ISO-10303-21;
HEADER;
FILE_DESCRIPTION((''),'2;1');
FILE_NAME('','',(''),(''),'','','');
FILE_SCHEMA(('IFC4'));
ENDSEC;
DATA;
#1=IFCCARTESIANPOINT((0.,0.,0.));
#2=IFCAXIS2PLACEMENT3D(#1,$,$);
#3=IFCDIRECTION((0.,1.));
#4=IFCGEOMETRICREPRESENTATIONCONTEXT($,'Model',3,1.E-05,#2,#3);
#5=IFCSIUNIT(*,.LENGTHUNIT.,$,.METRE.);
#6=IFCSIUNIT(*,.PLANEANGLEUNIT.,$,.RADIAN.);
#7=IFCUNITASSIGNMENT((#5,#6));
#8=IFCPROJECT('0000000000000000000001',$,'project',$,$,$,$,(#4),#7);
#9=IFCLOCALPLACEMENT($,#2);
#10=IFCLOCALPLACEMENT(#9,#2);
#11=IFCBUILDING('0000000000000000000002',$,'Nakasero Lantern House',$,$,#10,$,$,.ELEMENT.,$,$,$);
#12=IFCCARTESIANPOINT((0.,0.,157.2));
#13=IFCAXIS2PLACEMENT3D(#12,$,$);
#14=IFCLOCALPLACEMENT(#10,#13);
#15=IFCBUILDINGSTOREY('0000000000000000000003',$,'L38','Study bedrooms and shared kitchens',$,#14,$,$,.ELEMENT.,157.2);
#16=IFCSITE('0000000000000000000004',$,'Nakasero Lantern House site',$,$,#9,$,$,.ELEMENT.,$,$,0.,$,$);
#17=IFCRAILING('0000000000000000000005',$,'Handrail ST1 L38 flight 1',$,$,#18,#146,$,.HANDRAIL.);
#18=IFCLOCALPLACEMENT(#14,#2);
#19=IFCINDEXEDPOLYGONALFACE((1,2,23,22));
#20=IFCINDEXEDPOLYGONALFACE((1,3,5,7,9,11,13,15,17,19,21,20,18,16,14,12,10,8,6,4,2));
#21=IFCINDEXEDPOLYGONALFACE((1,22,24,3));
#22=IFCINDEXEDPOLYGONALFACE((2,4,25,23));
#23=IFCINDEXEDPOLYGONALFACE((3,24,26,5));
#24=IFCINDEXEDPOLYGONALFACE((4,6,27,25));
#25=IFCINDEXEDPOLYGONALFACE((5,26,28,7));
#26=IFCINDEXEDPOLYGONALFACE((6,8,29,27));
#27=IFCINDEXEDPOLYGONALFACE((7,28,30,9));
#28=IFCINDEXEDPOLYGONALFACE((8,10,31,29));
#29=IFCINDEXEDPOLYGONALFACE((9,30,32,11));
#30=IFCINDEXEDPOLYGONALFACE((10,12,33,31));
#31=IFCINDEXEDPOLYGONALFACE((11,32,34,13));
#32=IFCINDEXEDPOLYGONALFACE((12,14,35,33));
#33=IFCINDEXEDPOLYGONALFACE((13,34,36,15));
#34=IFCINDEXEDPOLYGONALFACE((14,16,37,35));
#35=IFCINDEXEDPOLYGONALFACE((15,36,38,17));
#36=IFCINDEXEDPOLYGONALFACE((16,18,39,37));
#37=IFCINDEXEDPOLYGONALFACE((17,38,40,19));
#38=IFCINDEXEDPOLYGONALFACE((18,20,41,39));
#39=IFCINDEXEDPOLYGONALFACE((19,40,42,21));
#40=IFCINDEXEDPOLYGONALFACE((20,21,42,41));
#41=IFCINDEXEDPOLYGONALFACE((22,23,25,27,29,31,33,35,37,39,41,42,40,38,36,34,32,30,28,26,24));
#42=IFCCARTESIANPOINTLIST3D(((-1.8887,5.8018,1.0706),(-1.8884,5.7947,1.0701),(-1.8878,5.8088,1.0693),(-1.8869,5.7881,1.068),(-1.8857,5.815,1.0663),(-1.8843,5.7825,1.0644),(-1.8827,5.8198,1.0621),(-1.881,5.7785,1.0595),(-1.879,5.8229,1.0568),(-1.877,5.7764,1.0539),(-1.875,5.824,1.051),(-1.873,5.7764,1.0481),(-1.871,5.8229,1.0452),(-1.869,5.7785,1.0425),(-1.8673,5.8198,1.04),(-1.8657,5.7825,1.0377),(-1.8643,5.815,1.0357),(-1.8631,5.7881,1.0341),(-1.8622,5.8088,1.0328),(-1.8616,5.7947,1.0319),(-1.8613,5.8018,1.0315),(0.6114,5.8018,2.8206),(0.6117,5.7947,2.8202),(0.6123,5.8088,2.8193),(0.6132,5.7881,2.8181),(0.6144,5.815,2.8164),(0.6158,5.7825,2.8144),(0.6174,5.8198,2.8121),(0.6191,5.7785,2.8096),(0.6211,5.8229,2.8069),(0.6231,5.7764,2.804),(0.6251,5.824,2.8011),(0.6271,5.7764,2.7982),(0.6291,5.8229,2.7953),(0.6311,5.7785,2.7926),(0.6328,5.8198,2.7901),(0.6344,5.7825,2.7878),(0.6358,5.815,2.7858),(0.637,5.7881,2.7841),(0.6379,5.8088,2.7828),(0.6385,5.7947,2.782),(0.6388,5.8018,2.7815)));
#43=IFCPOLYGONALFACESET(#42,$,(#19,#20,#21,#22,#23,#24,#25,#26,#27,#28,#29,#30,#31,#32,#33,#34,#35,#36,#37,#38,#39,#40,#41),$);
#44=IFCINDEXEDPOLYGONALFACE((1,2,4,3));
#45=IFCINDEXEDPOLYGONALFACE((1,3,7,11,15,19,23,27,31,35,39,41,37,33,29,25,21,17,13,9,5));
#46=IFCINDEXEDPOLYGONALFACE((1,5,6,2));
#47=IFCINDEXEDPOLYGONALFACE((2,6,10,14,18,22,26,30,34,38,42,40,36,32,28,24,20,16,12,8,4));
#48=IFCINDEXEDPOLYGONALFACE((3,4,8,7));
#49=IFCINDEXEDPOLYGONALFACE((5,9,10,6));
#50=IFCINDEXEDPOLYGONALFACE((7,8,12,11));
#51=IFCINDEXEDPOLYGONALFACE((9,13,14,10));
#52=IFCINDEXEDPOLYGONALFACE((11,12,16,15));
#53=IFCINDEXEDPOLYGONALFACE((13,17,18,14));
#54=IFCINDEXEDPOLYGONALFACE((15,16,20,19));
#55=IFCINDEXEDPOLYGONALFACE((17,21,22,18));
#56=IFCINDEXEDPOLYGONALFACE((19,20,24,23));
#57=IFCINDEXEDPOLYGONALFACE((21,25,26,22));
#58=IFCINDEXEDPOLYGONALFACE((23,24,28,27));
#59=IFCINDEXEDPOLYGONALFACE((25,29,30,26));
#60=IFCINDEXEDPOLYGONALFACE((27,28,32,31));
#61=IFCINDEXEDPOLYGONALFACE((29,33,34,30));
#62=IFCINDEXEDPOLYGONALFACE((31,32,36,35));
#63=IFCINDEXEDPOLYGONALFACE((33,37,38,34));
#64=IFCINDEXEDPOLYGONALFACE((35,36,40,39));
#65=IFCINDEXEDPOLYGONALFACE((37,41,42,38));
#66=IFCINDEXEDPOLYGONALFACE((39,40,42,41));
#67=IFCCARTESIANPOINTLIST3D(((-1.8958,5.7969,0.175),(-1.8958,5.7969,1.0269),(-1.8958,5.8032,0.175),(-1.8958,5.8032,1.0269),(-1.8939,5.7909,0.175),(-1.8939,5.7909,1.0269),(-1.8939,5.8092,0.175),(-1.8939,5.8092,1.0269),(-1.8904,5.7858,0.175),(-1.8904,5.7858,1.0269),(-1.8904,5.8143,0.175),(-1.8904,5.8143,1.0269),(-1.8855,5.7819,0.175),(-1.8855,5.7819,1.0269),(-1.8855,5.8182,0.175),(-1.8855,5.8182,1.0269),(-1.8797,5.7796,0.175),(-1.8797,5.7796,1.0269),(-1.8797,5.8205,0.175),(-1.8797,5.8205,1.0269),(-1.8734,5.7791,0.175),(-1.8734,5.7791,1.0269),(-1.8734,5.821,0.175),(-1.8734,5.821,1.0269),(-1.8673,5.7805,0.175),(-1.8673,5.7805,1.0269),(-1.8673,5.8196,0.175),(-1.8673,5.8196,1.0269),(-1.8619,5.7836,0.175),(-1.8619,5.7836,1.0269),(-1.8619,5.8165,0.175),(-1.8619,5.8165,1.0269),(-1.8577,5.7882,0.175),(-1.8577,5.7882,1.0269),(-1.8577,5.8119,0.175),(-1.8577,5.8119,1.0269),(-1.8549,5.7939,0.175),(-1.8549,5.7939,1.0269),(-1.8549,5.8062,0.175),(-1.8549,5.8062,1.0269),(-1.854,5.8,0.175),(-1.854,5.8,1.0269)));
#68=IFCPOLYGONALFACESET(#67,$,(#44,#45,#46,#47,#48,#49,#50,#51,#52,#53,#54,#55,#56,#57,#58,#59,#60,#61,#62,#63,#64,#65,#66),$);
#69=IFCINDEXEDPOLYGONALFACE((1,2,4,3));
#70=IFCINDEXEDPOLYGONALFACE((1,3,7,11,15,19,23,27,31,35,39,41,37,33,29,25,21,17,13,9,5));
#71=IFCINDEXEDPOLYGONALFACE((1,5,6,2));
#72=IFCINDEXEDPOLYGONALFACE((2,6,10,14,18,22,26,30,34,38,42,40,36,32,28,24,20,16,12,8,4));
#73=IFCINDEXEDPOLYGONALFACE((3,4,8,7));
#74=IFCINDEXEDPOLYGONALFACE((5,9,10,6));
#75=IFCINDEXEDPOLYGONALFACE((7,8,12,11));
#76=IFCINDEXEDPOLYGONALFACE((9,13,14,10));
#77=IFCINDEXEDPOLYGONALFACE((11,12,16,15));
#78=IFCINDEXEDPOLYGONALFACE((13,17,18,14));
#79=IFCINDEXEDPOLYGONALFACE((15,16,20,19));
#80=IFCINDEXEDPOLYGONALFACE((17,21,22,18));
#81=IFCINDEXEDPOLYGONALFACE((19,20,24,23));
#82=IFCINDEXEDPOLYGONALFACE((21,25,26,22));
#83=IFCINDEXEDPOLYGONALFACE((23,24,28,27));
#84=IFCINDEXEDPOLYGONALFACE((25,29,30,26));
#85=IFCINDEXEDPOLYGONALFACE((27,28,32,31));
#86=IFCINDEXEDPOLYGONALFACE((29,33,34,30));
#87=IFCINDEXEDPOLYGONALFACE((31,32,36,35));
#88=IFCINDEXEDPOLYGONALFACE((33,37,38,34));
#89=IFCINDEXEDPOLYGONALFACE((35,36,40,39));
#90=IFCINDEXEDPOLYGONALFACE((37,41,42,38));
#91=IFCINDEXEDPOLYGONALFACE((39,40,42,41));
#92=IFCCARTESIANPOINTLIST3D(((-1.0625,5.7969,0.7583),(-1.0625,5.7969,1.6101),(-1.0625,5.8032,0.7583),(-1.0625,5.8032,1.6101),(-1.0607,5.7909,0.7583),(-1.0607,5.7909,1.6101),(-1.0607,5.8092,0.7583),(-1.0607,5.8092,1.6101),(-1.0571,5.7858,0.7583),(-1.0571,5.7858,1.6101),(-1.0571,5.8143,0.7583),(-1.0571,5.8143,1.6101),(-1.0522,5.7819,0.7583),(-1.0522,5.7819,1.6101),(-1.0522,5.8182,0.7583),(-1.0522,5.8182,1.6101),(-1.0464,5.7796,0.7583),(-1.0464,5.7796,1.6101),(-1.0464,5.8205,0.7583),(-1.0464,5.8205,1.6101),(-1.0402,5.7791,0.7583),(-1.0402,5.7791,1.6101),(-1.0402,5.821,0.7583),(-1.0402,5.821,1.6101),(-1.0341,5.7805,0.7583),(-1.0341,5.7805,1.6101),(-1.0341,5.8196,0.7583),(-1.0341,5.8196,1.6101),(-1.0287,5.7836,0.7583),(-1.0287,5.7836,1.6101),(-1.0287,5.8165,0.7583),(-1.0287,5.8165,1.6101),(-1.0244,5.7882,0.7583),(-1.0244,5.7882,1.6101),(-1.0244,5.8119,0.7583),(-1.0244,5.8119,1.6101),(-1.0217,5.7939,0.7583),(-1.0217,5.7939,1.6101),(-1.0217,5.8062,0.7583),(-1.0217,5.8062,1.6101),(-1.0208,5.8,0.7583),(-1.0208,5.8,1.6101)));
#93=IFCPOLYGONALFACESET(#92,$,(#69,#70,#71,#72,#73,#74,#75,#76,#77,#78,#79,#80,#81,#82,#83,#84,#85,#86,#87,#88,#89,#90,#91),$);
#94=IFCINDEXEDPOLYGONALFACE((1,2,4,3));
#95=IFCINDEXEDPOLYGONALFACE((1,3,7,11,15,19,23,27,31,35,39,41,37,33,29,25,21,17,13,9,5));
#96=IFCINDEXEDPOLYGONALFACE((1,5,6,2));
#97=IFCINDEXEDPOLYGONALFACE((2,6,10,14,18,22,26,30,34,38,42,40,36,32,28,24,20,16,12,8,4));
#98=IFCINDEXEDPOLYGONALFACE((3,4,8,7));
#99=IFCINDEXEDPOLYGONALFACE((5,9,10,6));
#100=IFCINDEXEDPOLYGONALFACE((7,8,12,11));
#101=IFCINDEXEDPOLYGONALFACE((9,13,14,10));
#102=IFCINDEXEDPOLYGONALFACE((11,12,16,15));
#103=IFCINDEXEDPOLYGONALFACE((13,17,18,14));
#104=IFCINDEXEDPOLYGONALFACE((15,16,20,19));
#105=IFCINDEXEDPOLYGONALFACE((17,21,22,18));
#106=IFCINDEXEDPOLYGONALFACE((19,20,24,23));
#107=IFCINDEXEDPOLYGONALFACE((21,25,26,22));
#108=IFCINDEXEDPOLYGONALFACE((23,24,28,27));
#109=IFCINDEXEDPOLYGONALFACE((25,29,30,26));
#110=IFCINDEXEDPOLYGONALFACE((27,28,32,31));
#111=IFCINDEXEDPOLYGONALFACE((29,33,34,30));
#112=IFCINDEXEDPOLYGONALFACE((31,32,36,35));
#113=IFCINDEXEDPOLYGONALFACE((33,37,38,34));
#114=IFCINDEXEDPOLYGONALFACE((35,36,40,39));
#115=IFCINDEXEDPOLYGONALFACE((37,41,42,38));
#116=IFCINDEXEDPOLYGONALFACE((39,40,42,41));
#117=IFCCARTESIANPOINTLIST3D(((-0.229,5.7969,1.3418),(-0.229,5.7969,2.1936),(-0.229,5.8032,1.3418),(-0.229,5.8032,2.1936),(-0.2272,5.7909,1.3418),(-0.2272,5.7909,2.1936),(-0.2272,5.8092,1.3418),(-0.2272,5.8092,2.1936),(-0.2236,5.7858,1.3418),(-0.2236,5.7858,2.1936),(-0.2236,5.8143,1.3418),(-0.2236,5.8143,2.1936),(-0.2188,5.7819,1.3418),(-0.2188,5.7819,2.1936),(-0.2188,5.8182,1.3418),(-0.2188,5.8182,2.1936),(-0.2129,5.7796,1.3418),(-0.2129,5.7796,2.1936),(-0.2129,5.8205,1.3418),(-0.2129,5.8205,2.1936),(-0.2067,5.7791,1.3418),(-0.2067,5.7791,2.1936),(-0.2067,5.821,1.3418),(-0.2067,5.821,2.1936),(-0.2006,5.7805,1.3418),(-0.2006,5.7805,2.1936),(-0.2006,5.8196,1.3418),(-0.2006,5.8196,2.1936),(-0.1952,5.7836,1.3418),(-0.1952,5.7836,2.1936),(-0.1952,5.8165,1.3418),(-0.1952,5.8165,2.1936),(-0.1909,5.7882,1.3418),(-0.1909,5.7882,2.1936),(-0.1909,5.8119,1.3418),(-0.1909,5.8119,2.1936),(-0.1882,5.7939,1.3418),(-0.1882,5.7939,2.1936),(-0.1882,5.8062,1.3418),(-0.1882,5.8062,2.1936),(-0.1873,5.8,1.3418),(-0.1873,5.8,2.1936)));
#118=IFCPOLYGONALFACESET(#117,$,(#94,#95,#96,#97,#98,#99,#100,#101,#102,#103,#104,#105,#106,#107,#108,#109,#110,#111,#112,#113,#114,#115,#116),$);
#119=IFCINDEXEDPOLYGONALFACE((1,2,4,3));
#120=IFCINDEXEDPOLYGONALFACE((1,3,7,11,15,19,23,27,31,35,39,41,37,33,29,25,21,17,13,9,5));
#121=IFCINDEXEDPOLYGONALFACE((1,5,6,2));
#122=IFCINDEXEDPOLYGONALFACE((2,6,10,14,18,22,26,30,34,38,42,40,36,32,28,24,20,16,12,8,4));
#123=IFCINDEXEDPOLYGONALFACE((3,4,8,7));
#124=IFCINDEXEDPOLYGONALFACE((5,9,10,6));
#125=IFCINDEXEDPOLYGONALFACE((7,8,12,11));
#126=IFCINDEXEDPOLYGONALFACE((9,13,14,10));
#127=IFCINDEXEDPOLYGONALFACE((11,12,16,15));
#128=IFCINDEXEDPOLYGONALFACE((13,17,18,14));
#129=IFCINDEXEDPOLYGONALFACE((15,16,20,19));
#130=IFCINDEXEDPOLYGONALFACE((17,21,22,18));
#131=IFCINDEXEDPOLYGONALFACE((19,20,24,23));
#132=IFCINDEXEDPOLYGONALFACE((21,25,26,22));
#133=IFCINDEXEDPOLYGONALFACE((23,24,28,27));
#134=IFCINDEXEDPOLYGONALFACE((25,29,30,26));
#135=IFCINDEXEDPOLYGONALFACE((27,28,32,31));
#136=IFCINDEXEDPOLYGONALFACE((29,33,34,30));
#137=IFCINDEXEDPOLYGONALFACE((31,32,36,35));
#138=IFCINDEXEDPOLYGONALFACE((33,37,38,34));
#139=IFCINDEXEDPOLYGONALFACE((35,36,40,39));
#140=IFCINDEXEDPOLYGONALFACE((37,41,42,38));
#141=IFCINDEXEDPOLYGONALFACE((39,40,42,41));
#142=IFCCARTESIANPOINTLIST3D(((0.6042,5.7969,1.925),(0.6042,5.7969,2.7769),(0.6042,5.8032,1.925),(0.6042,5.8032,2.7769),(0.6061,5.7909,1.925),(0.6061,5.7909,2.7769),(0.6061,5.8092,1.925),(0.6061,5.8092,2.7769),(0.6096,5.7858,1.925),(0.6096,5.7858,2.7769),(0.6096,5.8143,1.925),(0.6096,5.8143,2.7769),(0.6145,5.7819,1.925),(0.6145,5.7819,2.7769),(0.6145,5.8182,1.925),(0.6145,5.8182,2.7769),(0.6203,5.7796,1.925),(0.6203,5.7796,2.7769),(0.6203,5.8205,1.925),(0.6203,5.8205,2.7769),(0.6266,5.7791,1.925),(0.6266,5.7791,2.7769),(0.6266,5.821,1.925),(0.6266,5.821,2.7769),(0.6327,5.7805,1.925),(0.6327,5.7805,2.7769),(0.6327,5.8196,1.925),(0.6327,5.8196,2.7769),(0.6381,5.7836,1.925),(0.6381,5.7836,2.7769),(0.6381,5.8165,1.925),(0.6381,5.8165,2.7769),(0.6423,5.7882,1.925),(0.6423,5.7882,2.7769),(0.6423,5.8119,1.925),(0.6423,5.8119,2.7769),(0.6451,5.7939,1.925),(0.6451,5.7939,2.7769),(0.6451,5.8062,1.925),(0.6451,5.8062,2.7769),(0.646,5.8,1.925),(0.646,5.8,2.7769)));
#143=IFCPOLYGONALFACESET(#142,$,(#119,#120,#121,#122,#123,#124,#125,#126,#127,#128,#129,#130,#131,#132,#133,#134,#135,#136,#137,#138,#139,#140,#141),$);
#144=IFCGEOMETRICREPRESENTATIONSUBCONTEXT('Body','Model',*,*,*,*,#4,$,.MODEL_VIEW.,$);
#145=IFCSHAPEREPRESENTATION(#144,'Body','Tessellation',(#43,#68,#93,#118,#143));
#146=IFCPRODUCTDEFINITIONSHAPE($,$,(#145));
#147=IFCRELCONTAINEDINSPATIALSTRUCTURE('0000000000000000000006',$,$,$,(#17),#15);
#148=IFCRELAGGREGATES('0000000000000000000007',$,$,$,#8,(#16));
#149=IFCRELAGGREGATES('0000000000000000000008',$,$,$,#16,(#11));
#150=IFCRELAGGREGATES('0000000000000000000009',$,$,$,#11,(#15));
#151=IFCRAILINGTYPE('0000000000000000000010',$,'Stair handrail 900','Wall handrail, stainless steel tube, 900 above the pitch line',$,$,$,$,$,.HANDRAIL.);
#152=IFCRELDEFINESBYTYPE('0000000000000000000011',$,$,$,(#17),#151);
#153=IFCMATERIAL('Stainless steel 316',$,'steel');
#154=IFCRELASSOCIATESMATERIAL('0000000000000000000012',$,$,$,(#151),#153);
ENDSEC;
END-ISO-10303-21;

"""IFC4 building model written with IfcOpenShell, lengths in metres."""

from ifc_helpers import new_model, si_unit, direction, frame, origin, origin_2d, place, context, subcontext, project, spatial, circle, extrude, material, type_object, element, save


model = new_model("IFC4")

# Units and contexts
model_context = context("Model", 3, precision=1e-05, world=origin(), true_north=direction((0.0, 1.0)))
body_context = subcontext(model_context, "Body", "Model", "MODEL_VIEW")
ifc_project = project(units=[si_unit("LENGTHUNIT", "METRE"), si_unit("PLANEANGLEUNIT", "RADIAN")], contexts=[model_context])

# Site, building, storey
site_placement = place(None, origin())
site = spatial("IfcSite", under=ifc_project, at=site_placement, Name="Nakasero Lantern House site", CompositionType="ELEMENT", RefElevation=0.0)
building_placement = place(site_placement, origin())
building = spatial("IfcBuilding", under=site, at=building_placement, Name="Nakasero Lantern House", CompositionType="ELEMENT")
storey_placement = place(building_placement, frame((0.0, 0.0, 157.2)))
storey = spatial("IfcBuildingStorey", under=building, at=storey_placement, Name="L38", Description="Study bedrooms and shared kitchens", CompositionType="ELEMENT", Elevation=157.2)

# Railing
ifc_material_1 = material(Name="Stainless steel 316", Category="steel")
railing_type = type_object("IfcRailingType", Name="Stair handrail 900", Description="Wall handrail, stainless steel tube, 900 above the pitch line", PredefinedType="HANDRAIL", material=ifc_material_1)
railing_placement = place(storey_placement, frame((-1.875, 5.8, 0.175)))
element("IfcRailing", 1, at=railing_placement, inside=storey, type_object=railing_type, Name="Handrail ST1 L38 flight 1", PredefinedType="HANDRAIL", context=body_context, shape_type="SweptSolid", body=[
    extrude(circle(Radius=0.0239, at=origin_2d()), frame((0.0, 0.0, 0.876), z_axis=(0.819232, 0.0, 0.573462), x_axis=(0.0, 1.0, 0.0)), (0.0, 0.0, 1.0), 3.0518),
    extrude(circle(Radius=0.021, at=origin_2d()), origin(), (0.0, 0.0, 1.0), 0.8518),
    extrude(circle(Radius=0.021, at=origin_2d()), frame((0.8333, 0.0, 0.5833)), (0.0, 0.0, 1.0), 0.8518),
    extrude(circle(Radius=0.021, at=origin_2d()), frame((1.6667, 0.0, 1.1667)), (0.0, 0.0, 1.0), 0.8518),
    extrude(circle(Radius=0.021, at=origin_2d()), frame((2.5, 0.0, 1.75)), (0.0, 0.0, 1.0), 0.8518),
])

save(model, "model.ifc")
